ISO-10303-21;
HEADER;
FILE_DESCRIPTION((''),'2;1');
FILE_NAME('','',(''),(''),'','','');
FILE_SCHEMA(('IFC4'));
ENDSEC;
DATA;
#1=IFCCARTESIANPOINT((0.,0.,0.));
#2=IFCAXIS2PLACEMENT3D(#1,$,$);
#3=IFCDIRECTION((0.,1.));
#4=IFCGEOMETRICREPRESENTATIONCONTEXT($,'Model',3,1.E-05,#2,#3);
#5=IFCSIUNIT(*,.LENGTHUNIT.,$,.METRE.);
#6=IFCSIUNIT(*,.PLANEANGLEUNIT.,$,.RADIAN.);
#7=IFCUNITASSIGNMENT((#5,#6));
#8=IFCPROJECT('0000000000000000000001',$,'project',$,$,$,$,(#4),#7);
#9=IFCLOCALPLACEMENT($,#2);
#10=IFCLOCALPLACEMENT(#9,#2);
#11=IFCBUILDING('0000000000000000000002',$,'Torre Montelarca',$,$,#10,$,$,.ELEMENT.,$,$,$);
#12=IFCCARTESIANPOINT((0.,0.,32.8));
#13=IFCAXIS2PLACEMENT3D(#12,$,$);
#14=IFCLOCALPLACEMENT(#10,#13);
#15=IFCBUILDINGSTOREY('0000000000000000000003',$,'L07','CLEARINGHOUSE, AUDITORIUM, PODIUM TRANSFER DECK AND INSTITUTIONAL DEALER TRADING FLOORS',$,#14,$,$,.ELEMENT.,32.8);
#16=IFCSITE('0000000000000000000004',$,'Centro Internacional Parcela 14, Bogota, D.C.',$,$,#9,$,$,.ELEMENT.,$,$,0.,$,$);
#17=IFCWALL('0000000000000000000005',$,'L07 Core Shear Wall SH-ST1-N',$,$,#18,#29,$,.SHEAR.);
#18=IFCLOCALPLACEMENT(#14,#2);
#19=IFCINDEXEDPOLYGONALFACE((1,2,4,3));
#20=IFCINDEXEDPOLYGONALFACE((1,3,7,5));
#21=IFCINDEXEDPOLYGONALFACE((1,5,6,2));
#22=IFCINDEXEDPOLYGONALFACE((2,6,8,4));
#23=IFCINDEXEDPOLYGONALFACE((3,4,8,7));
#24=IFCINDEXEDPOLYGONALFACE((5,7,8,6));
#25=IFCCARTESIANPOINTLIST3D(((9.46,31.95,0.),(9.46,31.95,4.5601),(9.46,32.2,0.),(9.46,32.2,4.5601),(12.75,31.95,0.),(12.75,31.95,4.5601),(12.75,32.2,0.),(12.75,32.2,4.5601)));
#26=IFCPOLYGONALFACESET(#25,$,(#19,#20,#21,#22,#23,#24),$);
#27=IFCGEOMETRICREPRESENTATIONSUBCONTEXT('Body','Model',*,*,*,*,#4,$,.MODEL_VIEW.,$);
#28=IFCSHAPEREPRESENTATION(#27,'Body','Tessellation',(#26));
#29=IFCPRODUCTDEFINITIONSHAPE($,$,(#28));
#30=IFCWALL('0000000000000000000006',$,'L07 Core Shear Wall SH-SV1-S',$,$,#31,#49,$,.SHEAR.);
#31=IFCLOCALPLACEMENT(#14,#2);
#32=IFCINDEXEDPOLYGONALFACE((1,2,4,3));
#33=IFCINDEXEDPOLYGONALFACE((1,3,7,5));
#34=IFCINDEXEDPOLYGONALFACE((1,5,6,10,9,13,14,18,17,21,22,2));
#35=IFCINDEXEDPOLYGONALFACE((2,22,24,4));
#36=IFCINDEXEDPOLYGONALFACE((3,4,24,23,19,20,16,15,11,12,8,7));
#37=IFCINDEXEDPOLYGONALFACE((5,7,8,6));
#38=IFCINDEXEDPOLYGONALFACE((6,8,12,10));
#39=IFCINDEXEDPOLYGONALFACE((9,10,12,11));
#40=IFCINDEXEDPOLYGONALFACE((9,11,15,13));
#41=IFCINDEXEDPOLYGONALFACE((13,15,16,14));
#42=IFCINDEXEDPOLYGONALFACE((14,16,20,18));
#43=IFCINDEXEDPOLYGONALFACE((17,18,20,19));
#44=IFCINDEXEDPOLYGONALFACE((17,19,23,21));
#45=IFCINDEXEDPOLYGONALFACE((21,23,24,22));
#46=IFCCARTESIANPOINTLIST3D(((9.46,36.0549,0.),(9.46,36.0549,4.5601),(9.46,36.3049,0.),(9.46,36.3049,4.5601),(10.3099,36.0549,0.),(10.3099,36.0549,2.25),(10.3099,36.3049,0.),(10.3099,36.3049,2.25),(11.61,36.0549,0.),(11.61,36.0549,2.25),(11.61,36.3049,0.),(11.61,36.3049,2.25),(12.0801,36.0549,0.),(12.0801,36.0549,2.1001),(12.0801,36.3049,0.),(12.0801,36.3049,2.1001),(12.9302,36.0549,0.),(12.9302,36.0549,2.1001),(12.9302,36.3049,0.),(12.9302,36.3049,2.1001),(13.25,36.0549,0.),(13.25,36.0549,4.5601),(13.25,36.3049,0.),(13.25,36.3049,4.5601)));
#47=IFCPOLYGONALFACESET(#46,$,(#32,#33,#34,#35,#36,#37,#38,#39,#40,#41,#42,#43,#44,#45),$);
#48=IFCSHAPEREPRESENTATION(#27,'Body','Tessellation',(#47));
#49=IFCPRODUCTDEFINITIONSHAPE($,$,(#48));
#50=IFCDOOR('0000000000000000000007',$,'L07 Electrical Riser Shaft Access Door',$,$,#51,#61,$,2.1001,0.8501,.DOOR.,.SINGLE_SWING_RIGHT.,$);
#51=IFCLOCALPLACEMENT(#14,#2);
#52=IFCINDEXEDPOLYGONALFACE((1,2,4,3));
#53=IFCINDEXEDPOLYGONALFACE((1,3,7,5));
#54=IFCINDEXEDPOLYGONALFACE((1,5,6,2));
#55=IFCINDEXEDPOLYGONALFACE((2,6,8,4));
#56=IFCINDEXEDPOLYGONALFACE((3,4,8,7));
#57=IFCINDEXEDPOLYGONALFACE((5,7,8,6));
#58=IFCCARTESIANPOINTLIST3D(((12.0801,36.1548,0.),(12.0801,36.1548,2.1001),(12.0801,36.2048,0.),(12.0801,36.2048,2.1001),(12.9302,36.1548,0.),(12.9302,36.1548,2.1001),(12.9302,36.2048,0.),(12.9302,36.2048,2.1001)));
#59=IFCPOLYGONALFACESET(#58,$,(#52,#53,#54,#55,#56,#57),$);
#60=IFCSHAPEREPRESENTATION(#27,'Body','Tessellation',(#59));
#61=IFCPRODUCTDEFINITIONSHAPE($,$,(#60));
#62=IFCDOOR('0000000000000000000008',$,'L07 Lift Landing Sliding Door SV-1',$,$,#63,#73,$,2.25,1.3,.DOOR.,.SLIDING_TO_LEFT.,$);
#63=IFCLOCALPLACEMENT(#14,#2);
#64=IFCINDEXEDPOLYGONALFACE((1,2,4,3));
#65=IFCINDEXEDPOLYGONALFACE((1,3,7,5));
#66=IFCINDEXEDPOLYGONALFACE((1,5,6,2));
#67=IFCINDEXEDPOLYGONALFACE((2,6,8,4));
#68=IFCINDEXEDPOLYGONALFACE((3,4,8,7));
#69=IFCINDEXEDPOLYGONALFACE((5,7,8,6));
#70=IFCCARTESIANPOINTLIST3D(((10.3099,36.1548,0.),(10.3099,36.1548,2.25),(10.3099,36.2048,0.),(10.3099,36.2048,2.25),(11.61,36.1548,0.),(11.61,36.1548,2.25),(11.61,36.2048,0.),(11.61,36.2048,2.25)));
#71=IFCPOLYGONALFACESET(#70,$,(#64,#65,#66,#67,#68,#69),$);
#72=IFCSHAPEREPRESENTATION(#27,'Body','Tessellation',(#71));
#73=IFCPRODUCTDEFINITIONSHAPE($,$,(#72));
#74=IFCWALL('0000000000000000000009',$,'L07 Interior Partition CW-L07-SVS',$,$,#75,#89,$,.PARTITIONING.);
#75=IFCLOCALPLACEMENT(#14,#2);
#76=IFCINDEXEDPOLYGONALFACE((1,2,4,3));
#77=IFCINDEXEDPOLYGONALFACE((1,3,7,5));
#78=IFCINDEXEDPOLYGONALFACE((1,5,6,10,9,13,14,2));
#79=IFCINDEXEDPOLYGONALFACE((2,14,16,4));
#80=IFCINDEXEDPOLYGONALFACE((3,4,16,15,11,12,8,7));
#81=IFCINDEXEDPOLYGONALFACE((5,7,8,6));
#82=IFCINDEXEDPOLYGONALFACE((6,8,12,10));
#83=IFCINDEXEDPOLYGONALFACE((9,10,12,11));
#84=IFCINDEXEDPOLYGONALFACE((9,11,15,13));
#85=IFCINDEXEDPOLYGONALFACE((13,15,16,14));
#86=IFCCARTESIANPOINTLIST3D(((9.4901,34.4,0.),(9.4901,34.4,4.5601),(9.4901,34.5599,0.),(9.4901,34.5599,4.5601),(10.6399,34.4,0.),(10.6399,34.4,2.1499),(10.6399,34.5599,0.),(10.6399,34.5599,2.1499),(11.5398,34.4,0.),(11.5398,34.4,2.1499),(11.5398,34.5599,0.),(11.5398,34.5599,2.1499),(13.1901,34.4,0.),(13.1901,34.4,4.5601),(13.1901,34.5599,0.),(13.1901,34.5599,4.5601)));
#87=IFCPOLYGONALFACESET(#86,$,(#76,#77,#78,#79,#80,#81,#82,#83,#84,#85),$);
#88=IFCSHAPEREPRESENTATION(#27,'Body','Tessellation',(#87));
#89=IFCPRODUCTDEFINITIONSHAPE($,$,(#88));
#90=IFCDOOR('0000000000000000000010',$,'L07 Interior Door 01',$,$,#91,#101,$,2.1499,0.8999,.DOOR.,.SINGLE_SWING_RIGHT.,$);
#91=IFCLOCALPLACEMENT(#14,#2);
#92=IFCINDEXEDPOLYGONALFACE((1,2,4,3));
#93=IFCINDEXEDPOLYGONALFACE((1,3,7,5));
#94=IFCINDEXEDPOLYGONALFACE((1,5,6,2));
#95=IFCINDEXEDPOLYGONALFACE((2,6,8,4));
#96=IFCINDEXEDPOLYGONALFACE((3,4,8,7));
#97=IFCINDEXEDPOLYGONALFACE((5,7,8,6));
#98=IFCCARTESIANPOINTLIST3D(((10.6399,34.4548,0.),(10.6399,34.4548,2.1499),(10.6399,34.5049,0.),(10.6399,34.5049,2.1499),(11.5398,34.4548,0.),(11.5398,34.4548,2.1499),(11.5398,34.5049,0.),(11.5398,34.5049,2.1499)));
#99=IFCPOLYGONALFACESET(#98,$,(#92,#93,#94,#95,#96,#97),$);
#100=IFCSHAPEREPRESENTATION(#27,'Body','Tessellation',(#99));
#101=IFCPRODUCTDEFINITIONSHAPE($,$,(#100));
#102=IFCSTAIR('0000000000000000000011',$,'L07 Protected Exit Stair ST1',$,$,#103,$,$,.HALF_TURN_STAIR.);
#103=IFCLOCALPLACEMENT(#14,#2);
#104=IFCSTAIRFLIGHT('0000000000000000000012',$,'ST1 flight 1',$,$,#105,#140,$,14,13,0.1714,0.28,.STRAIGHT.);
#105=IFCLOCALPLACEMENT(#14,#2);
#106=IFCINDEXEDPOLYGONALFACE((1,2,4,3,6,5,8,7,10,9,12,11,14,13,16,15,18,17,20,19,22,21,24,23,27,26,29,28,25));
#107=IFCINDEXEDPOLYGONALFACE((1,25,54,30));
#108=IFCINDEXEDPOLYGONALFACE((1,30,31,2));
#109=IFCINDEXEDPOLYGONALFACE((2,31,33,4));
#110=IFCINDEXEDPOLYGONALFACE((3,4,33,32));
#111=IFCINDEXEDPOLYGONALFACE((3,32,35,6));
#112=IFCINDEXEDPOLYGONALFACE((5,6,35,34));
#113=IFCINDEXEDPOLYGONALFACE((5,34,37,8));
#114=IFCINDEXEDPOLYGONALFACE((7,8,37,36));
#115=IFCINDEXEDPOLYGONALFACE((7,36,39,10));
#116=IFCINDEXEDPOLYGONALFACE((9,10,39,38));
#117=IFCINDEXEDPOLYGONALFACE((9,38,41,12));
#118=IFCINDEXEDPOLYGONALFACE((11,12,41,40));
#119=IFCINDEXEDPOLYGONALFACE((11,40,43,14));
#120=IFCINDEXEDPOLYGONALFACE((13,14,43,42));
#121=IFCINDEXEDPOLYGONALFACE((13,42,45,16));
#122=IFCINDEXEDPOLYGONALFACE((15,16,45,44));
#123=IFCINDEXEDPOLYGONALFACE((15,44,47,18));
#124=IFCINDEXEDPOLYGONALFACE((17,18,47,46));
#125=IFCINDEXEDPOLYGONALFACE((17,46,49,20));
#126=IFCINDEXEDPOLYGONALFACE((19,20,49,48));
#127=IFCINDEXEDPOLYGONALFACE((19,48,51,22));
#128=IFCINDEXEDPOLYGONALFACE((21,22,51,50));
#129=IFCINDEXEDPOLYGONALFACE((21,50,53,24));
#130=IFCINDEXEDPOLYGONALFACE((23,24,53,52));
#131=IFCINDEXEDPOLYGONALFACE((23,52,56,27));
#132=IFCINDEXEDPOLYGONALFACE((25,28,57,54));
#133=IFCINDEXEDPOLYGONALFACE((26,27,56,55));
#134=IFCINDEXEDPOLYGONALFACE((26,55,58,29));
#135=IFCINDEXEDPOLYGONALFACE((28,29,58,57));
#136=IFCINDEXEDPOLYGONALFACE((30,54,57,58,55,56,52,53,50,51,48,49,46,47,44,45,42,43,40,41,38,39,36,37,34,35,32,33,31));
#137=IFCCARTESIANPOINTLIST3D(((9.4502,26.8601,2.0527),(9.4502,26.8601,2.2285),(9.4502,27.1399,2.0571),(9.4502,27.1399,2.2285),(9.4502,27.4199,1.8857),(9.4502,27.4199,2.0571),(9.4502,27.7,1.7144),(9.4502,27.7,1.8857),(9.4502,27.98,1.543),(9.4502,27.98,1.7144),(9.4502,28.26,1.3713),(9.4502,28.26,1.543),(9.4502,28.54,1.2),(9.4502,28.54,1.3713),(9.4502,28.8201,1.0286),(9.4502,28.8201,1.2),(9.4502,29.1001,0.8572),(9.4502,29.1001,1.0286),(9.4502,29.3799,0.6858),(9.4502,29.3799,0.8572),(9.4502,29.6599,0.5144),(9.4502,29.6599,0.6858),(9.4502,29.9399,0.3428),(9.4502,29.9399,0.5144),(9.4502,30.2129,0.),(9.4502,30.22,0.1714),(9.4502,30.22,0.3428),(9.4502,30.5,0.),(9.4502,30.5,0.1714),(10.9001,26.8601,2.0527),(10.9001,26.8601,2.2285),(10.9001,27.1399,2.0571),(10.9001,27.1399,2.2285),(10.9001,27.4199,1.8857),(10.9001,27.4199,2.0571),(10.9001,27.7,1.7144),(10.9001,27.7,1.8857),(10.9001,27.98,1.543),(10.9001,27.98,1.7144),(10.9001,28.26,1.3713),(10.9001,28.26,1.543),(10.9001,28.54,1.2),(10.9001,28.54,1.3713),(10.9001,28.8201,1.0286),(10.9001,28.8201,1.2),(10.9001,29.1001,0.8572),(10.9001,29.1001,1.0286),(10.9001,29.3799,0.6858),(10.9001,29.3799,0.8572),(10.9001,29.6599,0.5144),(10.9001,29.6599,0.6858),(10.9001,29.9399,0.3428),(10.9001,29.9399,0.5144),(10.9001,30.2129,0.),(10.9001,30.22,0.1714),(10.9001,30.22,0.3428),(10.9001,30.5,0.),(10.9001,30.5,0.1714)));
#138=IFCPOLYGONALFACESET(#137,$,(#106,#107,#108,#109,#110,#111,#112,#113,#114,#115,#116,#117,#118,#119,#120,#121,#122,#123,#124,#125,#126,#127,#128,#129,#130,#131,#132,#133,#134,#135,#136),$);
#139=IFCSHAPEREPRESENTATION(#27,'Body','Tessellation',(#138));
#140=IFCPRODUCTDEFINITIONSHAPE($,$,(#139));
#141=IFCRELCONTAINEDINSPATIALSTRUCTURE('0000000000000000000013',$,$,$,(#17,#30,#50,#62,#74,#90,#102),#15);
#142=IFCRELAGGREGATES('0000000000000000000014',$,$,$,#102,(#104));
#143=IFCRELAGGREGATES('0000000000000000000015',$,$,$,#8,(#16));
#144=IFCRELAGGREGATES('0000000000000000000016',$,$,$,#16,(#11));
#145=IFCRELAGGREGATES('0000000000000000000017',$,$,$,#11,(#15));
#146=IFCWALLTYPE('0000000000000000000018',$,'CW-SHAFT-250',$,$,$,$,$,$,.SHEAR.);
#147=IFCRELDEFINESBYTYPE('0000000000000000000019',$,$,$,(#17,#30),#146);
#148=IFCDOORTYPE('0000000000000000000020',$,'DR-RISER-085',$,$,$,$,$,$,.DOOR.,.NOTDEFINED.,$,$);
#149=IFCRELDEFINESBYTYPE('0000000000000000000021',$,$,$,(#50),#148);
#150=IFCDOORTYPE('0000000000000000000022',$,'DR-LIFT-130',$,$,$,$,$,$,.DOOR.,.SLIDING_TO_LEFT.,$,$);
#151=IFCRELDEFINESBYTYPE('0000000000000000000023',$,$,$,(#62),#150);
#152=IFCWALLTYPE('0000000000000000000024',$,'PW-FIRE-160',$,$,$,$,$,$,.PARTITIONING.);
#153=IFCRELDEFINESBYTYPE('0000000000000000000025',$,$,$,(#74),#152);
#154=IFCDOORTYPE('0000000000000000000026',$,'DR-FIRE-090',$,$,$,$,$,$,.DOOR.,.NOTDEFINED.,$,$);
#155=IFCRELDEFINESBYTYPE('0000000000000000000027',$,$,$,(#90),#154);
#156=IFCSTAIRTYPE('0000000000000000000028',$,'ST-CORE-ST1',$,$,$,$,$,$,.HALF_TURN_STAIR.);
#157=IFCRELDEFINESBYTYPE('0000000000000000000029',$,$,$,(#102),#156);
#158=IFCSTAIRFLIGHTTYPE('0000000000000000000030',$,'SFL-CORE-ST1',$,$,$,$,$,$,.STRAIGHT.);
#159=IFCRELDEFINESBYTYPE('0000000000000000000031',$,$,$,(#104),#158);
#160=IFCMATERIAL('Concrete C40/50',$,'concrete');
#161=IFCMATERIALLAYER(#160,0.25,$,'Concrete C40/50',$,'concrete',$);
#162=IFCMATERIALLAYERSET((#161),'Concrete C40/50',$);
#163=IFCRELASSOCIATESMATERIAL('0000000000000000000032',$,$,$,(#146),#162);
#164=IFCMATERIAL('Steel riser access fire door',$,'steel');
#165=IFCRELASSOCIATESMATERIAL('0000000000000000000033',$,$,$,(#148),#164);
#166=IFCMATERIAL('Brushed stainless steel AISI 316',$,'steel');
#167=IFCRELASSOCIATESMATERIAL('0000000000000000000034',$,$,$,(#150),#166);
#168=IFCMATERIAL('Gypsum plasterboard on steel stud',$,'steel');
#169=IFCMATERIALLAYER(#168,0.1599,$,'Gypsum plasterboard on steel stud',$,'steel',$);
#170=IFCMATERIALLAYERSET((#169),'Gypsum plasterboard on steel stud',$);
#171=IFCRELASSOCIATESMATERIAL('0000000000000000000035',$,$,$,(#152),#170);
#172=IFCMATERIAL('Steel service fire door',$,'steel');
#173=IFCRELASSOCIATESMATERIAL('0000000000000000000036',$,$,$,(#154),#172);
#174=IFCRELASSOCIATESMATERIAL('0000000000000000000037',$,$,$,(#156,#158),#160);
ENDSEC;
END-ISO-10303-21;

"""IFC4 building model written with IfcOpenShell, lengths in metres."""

from ifc_helpers import new_model, si_unit, direction, frame, frame_2d, origin, place, context, subcontext, project, spatial, polyline, rectangle, outline, extrude, source, transform, mapped, material, layer, layer_set, type_object, element, fill, aggregate, save


model = new_model("IFC4")

# Units and contexts
model_context = context("Model", 3, precision=1e-05, world=origin(), true_north=direction((0.0, 1.0)))
body_context = subcontext(model_context, "Body", "Model", "MODEL_VIEW")
ifc_project = project(units=[si_unit("LENGTHUNIT", "METRE"), si_unit("PLANEANGLEUNIT", "RADIAN")], contexts=[model_context])

# Site, building, storey
site_placement = place(None, origin())
site = spatial("IfcSite", under=ifc_project, at=site_placement, Name="Centro Internacional Parcela 14, Bogota, D.C.", CompositionType="ELEMENT", RefElevation=0.0)
building_placement = place(site_placement, origin())
building = spatial("IfcBuilding", under=site, at=building_placement, Name="Torre Montelarca", CompositionType="ELEMENT")
storey_placement = place(building_placement, frame((0.0, 0.0, 32.8)))
storey = spatial("IfcBuildingStorey", under=building, at=storey_placement, Name="L07", Description="CLEARINGHOUSE, AUDITORIUM, PODIUM TRANSFER DECK AND INSTITUTIONAL DEALER TRADING FLOORS", CompositionType="ELEMENT", Elevation=32.8)

# Wall
ifc_material_1 = material(Name="Concrete C40/50", Category="concrete")
ifc_layer_1 = layer(ifc_material_1, 0.25, Name="Concrete C40/50", Category="concrete")
ifc_layer_set_1 = layer_set([ifc_layer_1], Name="Concrete C40/50")
wall_type_1 = type_object("IfcWallType", Name="CW-SHAFT-250", PredefinedType="SHEAR", material=ifc_layer_set_1)
wall_1_placement = place(storey_placement, frame((9.46, 32.075, 0.0), z_axis=(0.0, 0.0, 1.0), x_axis=(1.0, 0.0, 0.0)))
element("IfcWall", 1, at=wall_1_placement, inside=storey, type_object=wall_type_1, Name="L07 Core Shear Wall SH-ST1-N", PredefinedType="SHEAR", context=body_context, shape_type="SweptSolid", body=[
    extrude(rectangle(XDim=3.29, YDim=0.25, at=frame_2d((1.645, 0.0))), origin(), (0.0, 0.0, 1.0), 4.5601),
])

# Wall, openings, doors
wall_2_placement = place(storey_placement, frame((9.46, 36.1799, 0.0), z_axis=(0.0, 0.0, 1.0), x_axis=(1.0, 0.0, 0.0)))
wall_2 = element("IfcWall", 2, at=wall_2_placement, inside=storey, type_object=wall_type_1, Name="L07 Core Shear Wall SH-SV1-S", PredefinedType="SHEAR", context=body_context, shape_type="SweptSolid", body=[
    extrude(rectangle(XDim=3.79, YDim=0.25, at=frame_2d((1.895, 0.0))), origin(), (0.0, 0.0, 1.0), 4.5601),
])
opening_1_placement = place(wall_2_placement, frame((2.6201, 0.0, 0.0)))
opening_1 = element("IfcOpeningElement", 3, at=opening_1_placement, cuts=wall_2, PredefinedType="OPENING", context=body_context, shape_type="SweptSolid", body=[
    extrude(rectangle(XDim=0.8501, YDim=2.1001, at=frame_2d((0.425, 1.05))), frame((0.0, 0.135, 0.0), z_axis=(0.0, -1.0, 0.0), x_axis=(1.0, 0.0, 0.0)), (0.0, 0.0, 1.0), 0.27),
])
opening_2_placement = place(wall_2_placement, frame((0.8501, 0.0, 0.0)))
opening_2 = element("IfcOpeningElement", 4, at=opening_2_placement, cuts=wall_2, PredefinedType="OPENING", context=body_context, shape_type="SweptSolid", body=[
    extrude(rectangle(XDim=1.3, YDim=2.25, at=frame_2d((0.6499, 1.125))), frame((0.0, 0.135, 0.0), z_axis=(0.0, -1.0, 0.0), x_axis=(1.0, 0.0, 0.0)), (0.0, 0.0, 1.0), 0.27),
])
ifc_material_2 = material(Name="Steel riser access fire door", Category="steel")
door_type_1 = type_object("IfcDoorType", Name="DR-RISER-085", OperationType="NOTDEFINED", PredefinedType="DOOR", material=ifc_material_2)
shared_shape_1 = source(origin(), body_context, "Body", "SweptSolid", [
    extrude(rectangle(XDim=0.8501, YDim=2.1001, at=frame_2d((0.425, 1.05))), frame((0.0, 0.0249, 0.0), z_axis=(0.0, -1.0, 0.0), x_axis=(1.0, 0.0, 0.0)), (0.0, 0.0, 1.0), 0.05),
])
door_1_placement = place(opening_1_placement, origin())
door_1 = element("IfcDoor", 5, at=door_1_placement, inside=storey, type_object=door_type_1, Name="L07 Electrical Riser Shaft Access Door", OperationType="SINGLE_SWING_RIGHT", OverallHeight=2.1001, OverallWidth=0.8501, PredefinedType="DOOR", context=body_context, shape_type="MappedRepresentation", body=[
    mapped(shared_shape_1, transform((0.0, 0.0, 0.0), scale=1.0)),
])
fill(opening_1, door_1)
ifc_material_3 = material(Name="Brushed stainless steel AISI 316", Category="steel")
door_type_2 = type_object("IfcDoorType", Name="DR-LIFT-130", OperationType="SLIDING_TO_LEFT", PredefinedType="DOOR", material=ifc_material_3)
shared_shape_2 = source(origin(), body_context, "Body", "SweptSolid", [
    extrude(rectangle(XDim=1.3, YDim=2.25, at=frame_2d((0.6499, 1.125))), frame((0.0, 0.0249, 0.0), z_axis=(0.0, -1.0, 0.0), x_axis=(1.0, 0.0, 0.0)), (0.0, 0.0, 1.0), 0.05),
])
door_2_placement = place(opening_2_placement, origin())
door_2 = element("IfcDoor", 6, at=door_2_placement, inside=storey, type_object=door_type_2, Name="L07 Lift Landing Sliding Door SV-1", OperationType="SLIDING_TO_LEFT", OverallHeight=2.25, OverallWidth=1.3, PredefinedType="DOOR", context=body_context, shape_type="MappedRepresentation", body=[
    mapped(shared_shape_2, transform((0.0, 0.0, 0.0), scale=1.0)),
])
fill(opening_2, door_2)

# Wall, opening, door
ifc_material_4 = material(Name="Gypsum plasterboard on steel stud", Category="steel")
ifc_layer_2 = layer(ifc_material_4, 0.1599, Name="Gypsum plasterboard on steel stud", Category="steel")
ifc_layer_set_2 = layer_set([ifc_layer_2], Name="Gypsum plasterboard on steel stud")
wall_type_2 = type_object("IfcWallType", Name="PW-FIRE-160", PredefinedType="PARTITIONING", material=ifc_layer_set_2)
wall_3_placement = place(storey_placement, frame((9.49, 34.48, 0.0), z_axis=(0.0, 0.0, 1.0), x_axis=(1.0, 0.0, 0.0)))
wall_3 = element("IfcWall", 7, at=wall_3_placement, inside=storey, type_object=wall_type_2, Name="L07 Interior Partition CW-L07-SVS", PredefinedType="PARTITIONING", context=body_context, shape_type="SweptSolid", body=[
    extrude(rectangle(XDim=3.7, YDim=0.1599, at=frame_2d((1.8501, 0.0))), origin(), (0.0, 0.0, 1.0), 4.5601),
])
opening_3_placement = place(wall_3_placement, frame((1.1499, 0.0, 0.0)))
opening_3 = element("IfcOpeningElement", 8, at=opening_3_placement, cuts=wall_3, PredefinedType="OPENING", context=body_context, shape_type="SweptSolid", body=[
    extrude(rectangle(XDim=0.8999, YDim=2.1499, at=frame_2d((0.45, 1.075))), frame((0.0, 0.0898, 0.0), z_axis=(0.0, -1.0, 0.0), x_axis=(1.0, 0.0, 0.0)), (0.0, 0.0, 1.0), 0.1799),
])
ifc_material_5 = material(Name="Steel service fire door", Category="steel")
door_type_3 = type_object("IfcDoorType", Name="DR-FIRE-090", OperationType="NOTDEFINED", PredefinedType="DOOR", material=ifc_material_5)
shared_shape_3 = source(origin(), body_context, "Body", "SweptSolid", [
    extrude(rectangle(XDim=0.8999, YDim=2.1499, at=frame_2d((0.45, 1.075))), frame((0.0, 0.0249, 0.0), z_axis=(0.0, -1.0, 0.0), x_axis=(1.0, 0.0, 0.0)), (0.0, 0.0, 1.0), 0.05),
])
door_3_placement = place(opening_3_placement, origin())
door_3 = element("IfcDoor", 9, at=door_3_placement, inside=storey, type_object=door_type_3, Name="L07 Interior Door 01", OperationType="SINGLE_SWING_RIGHT", OverallHeight=2.1499, OverallWidth=0.8999, PredefinedType="DOOR", context=body_context, shape_type="MappedRepresentation", body=[
    mapped(shared_shape_3, transform((0.0, 0.0, 0.0), scale=1.0)),
])
fill(opening_3, door_3)

# Stair, stair flight
stair_type = type_object("IfcStairType", Name="ST-CORE-ST1", PredefinedType="HALF_TURN_STAIR", material=ifc_material_1)
stair_placement = place(storey_placement, origin())
stair = element("IfcStair", 10, at=stair_placement, inside=storey, type_object=stair_type, Name="L07 Protected Exit Stair ST1", PredefinedType="HALF_TURN_STAIR")
stair_flight_type = type_object("IfcStairFlightType", Name="SFL-CORE-ST1", PredefinedType="STRAIGHT", material=ifc_material_1)
stair_flight_placement = place(storey_placement, frame((10.175, 30.5, 0.0), z_axis=(0.0, 0.0, 1.0), x_axis=(0.0, -1.0, 0.0)))
stair_flight = element("IfcStairFlight", 11, at=stair_flight_placement, type_object=stair_flight_type, Name="ST1 flight 1", NumberOfRisers=14, NumberOfTreads=13, PredefinedType="STRAIGHT", RiserHeight=0.1714, TreadLength=0.28, context=body_context, shape_type="SweptSolid", body=[
    extrude(outline(polyline([(0.0, 0.0), (0.0, 0.1714), (0.28, 0.1714), (0.28, 0.3428), (0.5601, 0.3428), (0.5601, 0.5144), (0.8401, 0.5144), (0.8401, 0.6858), (1.1201, 0.6858), (1.1201, 0.8572), (1.3999, 0.8572), (1.3999, 1.0286), (1.6799, 1.0286), (1.6799, 1.2), (1.96, 1.2), (1.96, 1.3713), (2.24, 1.3713), (2.24, 1.543), (2.52, 1.543), (2.52, 1.7144), (2.8, 1.7144), (2.8, 1.8857), (3.0801, 1.8857), (3.0801, 2.0571), (3.3601, 2.0571), (3.3601, 2.2285), (3.6399, 2.2285), (3.6399, 2.3999), (3.6399, 2.0527), (0.2871, 0.0), (0.0, 0.0)])), frame((0.0, 0.7251, 0.0), z_axis=(0.0, -1.0, 0.0), x_axis=(1.0, 0.0, 0.0)), (0.0, 0.0, 1.0), 1.45),
])
aggregate(stair, [stair_flight])

save(model, "model.ifc")
